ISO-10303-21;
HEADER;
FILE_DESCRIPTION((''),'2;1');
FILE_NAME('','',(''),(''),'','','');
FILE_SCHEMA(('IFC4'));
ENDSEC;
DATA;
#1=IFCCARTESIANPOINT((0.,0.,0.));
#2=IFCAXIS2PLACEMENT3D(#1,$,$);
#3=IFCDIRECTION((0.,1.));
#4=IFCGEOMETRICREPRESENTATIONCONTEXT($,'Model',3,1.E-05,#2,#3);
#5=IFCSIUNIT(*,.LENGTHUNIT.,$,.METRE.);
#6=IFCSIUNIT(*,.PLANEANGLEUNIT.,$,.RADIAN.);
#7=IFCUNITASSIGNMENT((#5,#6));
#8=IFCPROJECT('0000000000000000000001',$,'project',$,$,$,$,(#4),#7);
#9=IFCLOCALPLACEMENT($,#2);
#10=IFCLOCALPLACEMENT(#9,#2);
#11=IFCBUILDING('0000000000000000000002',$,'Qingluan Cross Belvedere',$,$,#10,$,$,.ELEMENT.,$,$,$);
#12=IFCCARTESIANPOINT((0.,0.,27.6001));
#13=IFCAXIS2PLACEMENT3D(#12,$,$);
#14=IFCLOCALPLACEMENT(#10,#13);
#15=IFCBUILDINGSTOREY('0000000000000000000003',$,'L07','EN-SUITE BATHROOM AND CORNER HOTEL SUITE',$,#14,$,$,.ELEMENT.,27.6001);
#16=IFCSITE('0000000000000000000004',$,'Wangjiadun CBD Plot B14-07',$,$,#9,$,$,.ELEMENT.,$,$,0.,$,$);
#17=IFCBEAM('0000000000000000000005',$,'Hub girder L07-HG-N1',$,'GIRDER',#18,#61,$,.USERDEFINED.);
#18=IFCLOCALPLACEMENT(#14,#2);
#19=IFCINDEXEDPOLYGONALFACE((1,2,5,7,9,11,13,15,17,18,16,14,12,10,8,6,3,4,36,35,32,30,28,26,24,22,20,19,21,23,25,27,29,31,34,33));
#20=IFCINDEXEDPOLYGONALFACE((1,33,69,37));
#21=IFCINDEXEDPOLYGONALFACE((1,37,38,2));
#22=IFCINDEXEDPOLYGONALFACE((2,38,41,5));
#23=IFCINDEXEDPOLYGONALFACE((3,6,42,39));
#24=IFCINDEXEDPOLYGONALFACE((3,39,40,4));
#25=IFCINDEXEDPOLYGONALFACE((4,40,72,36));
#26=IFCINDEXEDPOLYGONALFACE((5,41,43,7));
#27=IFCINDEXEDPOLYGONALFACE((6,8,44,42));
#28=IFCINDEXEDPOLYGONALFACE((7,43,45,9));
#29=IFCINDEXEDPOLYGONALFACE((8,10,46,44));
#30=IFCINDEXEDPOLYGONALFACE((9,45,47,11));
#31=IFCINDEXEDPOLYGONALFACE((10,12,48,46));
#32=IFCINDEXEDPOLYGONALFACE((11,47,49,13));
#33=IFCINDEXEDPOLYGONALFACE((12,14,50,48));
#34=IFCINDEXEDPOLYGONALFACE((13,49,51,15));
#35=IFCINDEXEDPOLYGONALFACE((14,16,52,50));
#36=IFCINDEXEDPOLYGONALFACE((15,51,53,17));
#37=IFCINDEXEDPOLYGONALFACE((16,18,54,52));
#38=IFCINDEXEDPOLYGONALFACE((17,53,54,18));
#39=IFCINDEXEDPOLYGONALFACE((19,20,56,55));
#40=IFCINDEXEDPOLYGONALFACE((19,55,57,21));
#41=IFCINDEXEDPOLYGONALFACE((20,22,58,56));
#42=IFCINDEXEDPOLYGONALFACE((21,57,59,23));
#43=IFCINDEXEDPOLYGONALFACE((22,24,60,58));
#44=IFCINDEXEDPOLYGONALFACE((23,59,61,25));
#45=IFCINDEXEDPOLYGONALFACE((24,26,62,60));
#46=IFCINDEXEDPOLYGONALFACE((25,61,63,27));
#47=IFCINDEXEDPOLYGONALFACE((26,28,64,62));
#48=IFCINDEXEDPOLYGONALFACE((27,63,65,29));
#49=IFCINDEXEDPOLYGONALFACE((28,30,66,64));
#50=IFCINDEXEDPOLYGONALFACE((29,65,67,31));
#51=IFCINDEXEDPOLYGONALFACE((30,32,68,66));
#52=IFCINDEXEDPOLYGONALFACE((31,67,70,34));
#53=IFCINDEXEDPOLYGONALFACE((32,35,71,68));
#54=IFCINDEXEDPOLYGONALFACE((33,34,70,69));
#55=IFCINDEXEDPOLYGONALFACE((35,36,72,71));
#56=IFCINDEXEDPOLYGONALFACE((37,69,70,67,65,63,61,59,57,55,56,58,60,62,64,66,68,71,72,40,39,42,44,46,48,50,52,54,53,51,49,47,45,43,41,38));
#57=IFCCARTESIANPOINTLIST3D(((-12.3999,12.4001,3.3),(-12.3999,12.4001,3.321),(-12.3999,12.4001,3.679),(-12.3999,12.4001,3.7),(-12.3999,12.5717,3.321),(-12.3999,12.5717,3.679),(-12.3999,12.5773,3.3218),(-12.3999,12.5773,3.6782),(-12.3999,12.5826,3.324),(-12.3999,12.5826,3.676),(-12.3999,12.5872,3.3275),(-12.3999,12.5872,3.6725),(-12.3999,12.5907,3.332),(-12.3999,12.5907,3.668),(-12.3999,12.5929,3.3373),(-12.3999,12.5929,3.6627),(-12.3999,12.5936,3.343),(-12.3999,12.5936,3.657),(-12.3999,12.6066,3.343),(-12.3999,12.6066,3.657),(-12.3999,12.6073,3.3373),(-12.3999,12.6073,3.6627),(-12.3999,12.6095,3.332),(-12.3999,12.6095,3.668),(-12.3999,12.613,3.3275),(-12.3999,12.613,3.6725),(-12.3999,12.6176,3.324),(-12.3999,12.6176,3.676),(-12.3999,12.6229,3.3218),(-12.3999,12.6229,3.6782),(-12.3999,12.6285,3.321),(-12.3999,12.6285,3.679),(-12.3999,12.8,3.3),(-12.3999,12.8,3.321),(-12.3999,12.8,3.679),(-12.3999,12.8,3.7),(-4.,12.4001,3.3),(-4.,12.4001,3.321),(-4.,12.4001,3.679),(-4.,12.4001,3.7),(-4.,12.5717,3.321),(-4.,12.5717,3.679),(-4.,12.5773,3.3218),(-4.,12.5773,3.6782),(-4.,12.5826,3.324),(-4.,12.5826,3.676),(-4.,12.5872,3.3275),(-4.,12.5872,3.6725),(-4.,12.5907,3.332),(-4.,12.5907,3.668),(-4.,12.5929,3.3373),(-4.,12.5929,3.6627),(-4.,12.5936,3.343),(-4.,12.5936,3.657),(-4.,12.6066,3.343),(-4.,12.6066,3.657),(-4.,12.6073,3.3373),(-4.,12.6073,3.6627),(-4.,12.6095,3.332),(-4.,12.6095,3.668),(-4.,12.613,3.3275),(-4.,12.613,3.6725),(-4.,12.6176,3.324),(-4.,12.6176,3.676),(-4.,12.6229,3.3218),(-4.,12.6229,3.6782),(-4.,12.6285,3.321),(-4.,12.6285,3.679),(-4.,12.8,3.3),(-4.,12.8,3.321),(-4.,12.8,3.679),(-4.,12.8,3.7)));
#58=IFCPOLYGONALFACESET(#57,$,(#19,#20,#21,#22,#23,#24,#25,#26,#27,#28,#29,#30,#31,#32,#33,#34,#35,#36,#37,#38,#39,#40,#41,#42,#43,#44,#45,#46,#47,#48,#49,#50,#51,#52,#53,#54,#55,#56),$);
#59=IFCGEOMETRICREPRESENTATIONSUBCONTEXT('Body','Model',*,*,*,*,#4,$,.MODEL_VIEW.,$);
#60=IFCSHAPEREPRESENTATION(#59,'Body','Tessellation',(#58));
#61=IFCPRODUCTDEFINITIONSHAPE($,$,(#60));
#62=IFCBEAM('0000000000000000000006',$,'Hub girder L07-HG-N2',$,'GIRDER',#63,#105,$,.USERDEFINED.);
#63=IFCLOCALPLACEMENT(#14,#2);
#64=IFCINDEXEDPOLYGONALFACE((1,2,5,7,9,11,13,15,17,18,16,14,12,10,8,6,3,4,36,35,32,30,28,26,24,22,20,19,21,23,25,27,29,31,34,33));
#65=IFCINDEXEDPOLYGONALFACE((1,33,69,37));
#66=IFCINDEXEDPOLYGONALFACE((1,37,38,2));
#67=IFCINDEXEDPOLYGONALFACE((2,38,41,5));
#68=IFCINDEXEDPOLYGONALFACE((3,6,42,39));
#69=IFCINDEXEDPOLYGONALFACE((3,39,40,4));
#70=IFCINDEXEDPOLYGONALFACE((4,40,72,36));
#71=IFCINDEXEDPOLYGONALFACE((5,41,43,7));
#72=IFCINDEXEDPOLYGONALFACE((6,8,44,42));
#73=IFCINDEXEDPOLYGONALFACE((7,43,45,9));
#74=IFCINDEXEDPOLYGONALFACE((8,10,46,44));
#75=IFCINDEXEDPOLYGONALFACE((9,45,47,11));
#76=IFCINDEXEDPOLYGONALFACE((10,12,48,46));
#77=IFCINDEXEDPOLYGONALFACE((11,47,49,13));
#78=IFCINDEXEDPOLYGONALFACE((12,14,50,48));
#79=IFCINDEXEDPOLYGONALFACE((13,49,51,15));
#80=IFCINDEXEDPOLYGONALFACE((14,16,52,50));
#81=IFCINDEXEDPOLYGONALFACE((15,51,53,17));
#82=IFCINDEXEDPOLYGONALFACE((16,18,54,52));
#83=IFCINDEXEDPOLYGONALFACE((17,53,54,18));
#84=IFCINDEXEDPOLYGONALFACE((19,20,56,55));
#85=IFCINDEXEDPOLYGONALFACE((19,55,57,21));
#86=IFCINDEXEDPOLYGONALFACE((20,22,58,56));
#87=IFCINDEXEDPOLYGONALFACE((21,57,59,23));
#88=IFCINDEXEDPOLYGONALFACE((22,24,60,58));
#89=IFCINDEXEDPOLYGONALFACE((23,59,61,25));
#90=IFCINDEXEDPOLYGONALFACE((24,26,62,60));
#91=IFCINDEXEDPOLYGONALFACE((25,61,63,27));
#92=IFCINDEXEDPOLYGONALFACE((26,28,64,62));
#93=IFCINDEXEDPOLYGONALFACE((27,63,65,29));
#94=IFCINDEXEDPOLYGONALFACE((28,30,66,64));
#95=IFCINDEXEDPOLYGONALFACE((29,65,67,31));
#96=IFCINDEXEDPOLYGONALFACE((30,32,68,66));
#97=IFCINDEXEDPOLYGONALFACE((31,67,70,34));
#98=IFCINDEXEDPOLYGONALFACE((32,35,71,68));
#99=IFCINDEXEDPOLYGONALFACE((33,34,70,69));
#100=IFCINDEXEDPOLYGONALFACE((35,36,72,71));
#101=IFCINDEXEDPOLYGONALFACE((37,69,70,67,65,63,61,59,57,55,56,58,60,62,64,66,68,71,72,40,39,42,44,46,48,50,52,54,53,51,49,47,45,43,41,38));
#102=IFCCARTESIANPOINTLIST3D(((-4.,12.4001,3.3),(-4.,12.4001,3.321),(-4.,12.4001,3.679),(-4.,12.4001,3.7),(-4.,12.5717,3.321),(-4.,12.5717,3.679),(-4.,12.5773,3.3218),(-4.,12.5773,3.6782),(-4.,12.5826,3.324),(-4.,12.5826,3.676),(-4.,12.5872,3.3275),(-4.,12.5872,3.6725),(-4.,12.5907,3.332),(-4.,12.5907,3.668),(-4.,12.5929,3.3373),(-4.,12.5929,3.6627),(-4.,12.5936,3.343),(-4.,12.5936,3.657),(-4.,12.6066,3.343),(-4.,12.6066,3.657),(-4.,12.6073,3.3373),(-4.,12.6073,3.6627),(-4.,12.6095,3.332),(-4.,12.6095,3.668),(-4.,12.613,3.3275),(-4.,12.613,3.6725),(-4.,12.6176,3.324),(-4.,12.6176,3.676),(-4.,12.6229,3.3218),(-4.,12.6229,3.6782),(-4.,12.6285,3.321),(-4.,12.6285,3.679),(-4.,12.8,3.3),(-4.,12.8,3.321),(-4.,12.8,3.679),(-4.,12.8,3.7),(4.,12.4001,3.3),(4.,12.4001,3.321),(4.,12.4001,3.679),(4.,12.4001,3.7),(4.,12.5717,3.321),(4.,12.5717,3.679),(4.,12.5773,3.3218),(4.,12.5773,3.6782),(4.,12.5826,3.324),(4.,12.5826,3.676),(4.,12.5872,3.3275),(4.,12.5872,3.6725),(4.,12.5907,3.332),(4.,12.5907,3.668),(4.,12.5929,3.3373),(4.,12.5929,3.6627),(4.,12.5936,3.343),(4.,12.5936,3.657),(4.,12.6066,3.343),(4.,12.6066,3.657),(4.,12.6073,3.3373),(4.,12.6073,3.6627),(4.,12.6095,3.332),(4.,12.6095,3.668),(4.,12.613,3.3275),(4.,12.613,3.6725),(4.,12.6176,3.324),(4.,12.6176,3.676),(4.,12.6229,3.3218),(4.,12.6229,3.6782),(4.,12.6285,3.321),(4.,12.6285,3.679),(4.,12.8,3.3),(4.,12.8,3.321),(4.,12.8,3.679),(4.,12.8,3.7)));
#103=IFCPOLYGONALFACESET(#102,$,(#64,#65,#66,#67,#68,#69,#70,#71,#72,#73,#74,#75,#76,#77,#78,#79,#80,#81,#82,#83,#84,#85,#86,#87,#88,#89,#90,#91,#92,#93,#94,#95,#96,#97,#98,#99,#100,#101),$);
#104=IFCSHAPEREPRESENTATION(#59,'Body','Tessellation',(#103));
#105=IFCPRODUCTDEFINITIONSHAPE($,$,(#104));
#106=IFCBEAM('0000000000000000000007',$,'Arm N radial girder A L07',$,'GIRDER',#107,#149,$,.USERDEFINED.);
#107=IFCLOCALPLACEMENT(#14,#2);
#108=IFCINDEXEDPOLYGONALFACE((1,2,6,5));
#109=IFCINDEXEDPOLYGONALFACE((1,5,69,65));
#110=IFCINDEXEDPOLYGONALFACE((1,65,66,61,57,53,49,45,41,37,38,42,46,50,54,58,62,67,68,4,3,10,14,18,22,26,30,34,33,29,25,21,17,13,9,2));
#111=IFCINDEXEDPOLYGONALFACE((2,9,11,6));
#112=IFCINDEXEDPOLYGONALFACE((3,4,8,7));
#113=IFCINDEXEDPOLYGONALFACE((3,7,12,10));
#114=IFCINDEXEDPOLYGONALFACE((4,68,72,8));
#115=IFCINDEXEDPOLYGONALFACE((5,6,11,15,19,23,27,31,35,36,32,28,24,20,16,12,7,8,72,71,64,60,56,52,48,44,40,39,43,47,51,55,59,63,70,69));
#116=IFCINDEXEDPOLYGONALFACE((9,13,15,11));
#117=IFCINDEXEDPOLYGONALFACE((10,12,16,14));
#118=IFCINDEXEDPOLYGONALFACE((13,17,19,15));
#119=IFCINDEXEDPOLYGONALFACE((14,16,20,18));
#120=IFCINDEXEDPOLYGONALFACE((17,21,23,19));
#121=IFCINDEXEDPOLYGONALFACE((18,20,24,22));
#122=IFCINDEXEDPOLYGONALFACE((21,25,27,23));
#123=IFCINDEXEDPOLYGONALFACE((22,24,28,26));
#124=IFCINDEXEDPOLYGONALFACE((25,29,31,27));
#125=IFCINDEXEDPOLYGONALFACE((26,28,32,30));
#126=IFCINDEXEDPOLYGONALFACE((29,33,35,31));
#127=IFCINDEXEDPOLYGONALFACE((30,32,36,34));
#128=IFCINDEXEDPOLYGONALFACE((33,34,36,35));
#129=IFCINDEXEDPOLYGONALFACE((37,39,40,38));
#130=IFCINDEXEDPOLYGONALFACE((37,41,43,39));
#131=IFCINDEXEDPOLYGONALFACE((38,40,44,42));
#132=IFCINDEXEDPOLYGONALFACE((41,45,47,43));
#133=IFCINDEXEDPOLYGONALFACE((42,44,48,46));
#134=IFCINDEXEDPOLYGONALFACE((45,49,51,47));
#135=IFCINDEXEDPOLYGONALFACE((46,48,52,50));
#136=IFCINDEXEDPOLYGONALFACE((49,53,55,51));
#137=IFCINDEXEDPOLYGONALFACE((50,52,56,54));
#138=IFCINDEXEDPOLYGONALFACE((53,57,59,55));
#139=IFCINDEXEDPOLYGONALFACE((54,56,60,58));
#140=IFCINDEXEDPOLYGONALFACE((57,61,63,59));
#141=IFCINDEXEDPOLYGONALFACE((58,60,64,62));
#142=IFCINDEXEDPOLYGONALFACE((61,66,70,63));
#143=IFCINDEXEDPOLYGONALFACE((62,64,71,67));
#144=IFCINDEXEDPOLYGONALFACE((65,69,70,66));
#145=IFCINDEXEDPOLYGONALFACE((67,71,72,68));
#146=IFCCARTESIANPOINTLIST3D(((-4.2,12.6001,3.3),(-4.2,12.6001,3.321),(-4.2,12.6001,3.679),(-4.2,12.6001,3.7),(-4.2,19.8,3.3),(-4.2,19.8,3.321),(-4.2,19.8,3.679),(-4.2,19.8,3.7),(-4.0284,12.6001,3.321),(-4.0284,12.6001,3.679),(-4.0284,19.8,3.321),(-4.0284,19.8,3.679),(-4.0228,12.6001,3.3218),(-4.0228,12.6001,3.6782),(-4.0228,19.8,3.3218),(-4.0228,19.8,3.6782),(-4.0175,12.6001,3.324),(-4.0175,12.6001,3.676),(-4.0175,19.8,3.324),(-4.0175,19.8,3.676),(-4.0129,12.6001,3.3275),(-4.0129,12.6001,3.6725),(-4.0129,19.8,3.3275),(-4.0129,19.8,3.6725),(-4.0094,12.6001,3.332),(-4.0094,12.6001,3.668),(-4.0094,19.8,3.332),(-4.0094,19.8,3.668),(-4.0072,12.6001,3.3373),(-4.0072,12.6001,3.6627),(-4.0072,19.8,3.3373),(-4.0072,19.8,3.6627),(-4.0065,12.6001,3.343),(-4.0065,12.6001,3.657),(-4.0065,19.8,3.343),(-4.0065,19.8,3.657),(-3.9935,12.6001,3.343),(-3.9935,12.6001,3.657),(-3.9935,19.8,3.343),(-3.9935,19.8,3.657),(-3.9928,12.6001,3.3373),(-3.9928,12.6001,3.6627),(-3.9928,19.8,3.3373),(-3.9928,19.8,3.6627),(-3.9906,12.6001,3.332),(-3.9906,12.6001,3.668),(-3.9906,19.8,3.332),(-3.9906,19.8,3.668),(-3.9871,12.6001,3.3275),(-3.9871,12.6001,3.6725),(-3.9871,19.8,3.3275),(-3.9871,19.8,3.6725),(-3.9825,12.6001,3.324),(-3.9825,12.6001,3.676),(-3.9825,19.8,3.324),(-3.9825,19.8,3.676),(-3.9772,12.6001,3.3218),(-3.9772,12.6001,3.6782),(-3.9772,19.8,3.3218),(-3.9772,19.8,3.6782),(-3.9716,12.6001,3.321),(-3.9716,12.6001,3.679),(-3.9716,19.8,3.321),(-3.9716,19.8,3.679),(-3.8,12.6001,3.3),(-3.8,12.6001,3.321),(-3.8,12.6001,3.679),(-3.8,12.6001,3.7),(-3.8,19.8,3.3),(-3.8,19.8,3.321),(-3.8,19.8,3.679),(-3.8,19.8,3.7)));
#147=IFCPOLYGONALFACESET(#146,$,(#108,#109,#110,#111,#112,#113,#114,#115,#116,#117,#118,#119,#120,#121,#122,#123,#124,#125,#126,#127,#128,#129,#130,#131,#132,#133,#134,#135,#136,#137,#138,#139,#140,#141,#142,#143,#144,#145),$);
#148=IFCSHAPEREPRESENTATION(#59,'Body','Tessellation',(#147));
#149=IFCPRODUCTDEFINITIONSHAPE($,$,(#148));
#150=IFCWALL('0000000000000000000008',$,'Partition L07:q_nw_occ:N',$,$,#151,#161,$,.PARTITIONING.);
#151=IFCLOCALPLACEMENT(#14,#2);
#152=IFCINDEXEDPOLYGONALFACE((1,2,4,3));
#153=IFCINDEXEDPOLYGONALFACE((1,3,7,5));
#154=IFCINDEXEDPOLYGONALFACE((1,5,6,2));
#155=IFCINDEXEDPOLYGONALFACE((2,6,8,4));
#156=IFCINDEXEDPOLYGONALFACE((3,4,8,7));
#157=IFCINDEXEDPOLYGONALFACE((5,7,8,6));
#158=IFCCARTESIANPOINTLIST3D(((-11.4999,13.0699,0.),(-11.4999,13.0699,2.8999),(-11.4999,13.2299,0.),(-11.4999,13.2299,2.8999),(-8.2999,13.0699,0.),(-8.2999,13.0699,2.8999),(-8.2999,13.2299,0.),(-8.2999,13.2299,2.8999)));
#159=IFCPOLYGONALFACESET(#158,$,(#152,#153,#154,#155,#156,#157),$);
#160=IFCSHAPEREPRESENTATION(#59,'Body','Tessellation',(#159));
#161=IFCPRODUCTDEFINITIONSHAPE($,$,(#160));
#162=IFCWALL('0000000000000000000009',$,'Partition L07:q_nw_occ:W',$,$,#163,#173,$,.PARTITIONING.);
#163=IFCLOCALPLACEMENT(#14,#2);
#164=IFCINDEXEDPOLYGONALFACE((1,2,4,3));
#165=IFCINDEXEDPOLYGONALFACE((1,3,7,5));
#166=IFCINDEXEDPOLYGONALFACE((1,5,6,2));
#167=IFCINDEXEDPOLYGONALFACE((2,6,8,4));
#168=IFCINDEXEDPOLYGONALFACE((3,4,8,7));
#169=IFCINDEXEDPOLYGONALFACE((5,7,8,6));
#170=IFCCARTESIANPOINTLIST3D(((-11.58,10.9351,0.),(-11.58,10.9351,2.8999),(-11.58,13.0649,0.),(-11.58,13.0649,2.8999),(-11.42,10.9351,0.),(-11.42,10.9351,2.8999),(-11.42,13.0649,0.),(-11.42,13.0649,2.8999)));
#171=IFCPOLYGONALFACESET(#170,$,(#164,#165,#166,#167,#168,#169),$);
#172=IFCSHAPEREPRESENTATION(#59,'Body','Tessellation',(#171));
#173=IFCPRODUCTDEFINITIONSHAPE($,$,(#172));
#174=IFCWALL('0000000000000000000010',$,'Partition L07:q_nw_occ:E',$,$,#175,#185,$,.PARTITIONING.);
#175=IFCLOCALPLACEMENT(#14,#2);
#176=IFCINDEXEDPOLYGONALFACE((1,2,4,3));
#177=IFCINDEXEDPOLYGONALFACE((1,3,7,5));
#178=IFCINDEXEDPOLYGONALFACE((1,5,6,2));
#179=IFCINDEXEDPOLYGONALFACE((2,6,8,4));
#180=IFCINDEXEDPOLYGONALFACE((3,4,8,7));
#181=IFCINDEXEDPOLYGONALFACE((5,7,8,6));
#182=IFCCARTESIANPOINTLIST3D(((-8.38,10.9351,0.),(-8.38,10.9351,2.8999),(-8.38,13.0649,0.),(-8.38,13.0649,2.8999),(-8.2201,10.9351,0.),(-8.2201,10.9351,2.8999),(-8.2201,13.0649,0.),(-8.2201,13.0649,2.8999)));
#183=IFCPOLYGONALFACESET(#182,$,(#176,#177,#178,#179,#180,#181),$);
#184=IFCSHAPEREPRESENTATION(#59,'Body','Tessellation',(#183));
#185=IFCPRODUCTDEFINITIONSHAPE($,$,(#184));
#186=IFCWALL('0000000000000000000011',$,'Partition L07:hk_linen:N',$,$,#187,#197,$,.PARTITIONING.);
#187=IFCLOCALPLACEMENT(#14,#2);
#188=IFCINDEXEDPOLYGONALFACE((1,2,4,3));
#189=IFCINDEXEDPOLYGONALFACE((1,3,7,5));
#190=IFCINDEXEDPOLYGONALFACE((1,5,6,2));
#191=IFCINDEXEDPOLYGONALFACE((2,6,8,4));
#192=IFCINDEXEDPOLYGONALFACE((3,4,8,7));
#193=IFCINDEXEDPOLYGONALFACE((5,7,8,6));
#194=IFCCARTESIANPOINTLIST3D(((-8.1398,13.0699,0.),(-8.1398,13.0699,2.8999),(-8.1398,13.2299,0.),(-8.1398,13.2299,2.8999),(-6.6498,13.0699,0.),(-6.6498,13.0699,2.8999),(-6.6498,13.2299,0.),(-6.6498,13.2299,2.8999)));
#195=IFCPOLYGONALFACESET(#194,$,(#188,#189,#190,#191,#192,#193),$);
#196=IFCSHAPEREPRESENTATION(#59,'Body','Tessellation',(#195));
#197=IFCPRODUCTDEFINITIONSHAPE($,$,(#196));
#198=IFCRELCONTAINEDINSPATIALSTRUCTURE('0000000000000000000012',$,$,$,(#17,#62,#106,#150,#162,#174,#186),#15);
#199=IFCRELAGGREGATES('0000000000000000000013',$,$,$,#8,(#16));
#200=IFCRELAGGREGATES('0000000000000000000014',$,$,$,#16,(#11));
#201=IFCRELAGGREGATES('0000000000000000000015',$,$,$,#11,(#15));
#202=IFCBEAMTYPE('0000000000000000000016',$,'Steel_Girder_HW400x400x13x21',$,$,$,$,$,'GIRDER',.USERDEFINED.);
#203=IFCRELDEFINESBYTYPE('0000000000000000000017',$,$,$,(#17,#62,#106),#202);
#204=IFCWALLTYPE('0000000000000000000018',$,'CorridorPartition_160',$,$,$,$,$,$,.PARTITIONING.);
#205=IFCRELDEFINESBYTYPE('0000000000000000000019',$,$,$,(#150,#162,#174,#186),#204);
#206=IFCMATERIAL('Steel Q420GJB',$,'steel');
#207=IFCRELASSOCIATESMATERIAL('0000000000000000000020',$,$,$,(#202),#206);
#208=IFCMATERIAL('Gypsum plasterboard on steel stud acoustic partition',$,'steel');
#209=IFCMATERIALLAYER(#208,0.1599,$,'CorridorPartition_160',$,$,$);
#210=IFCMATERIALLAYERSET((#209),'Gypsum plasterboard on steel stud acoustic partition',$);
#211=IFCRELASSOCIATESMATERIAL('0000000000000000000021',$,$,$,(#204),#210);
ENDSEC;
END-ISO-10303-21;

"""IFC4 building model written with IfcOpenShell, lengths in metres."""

from ifc_helpers import new_model, si_unit, direction, frame, frame_2d, origin, origin_2d, place, context, subcontext, project, spatial, rectangle, i_section, extrude, material, layer, layer_set, material_profile, profile_set, type_object, element, save


model = new_model("IFC4")

# Units and contexts
model_context = context("Model", 3, precision=1e-05, world=origin(), true_north=direction((0.0, 1.0)))
body_context = subcontext(model_context, "Body", "Model", "MODEL_VIEW")
ifc_project = project(units=[si_unit("LENGTHUNIT", "METRE"), si_unit("PLANEANGLEUNIT", "RADIAN")], contexts=[model_context])

# Site, building, storey
site_placement = place(None, origin())
site = spatial("IfcSite", under=ifc_project, at=site_placement, Name="Wangjiadun CBD Plot B14-07", CompositionType="ELEMENT", RefElevation=0.0)
building_placement = place(site_placement, origin())
building = spatial("IfcBuilding", under=site, at=building_placement, Name="Qingluan Cross Belvedere", CompositionType="ELEMENT")
storey_placement = place(building_placement, frame((0.0, 0.0, 27.6001)))
storey = spatial("IfcBuildingStorey", under=building, at=storey_placement, Name="L07", Description="EN-SUITE BATHROOM AND CORNER HOTEL SUITE", CompositionType="ELEMENT", Elevation=27.6001)

# Beams
ifc_material_1 = material(Name="Steel Q420GJB", Category="steel")
ifc_material_profile_1 = material_profile(ifc_material_1, i_section(OverallWidth=0.3999, OverallDepth=0.3999, WebThickness=0.0129, FlangeThickness=0.021, FilletRadius=0.022, at=origin_2d()), Name="HW400x400x13x21")
ifc_profile_set_1 = profile_set([ifc_material_profile_1], Name="Steel Q420GJB")
beam_type_1 = type_object("IfcBeamType", Name="Steel_Girder_HW400x400x13x21", ElementType="GIRDER", PredefinedType="USERDEFINED", material=ifc_profile_set_1)
beam_1_placement = place(storey_placement, frame((-12.3999, 12.6001, 3.5), z_axis=(1.0, 0.0, 0.0), x_axis=(0.0, 1.0, 0.0)))
element("IfcBeam", 1, at=beam_1_placement, inside=storey, type_object=beam_type_1, Name="Hub girder L07-HG-N1", ObjectType="GIRDER", PredefinedType="USERDEFINED", context=body_context, shape_type="SweptSolid", body=[
    extrude(i_section(OverallWidth=0.3999, OverallDepth=0.3999, WebThickness=0.0129, FlangeThickness=0.021, FilletRadius=0.022, at=origin_2d()), origin(), (0.0, 0.0, 1.0), 8.3999),
])
beam_2_placement = place(storey_placement, frame((-4.0, 12.6001, 3.5), z_axis=(1.0, 0.0, 0.0), x_axis=(0.0, 1.0, 0.0)))
element("IfcBeam", 2, at=beam_2_placement, inside=storey, type_object=beam_type_1, Name="Hub girder L07-HG-N2", ObjectType="GIRDER", PredefinedType="USERDEFINED", context=body_context, shape_type="SweptSolid", body=[
    extrude(i_section(OverallWidth=0.3999, OverallDepth=0.3999, WebThickness=0.0129, FlangeThickness=0.021, FilletRadius=0.022, at=origin_2d()), origin(), (0.0, 0.0, 1.0), 8.0),
])
beam_3_placement = place(storey_placement, frame((-4.0, 12.6001, 3.5), z_axis=(0.0, 1.0, 0.0), x_axis=(-1.0, 0.0, 0.0)))
element("IfcBeam", 3, at=beam_3_placement, inside=storey, type_object=beam_type_1, Name="Arm N radial girder A L07", ObjectType="GIRDER", PredefinedType="USERDEFINED", context=body_context, shape_type="SweptSolid", body=[
    extrude(i_section(OverallWidth=0.3999, OverallDepth=0.3999, WebThickness=0.0129, FlangeThickness=0.021, FilletRadius=0.022, at=origin_2d()), origin(), (0.0, 0.0, 1.0), 7.2),
])

# Walls
ifc_material_2 = material(Name="Gypsum plasterboard on steel stud acoustic partition", Category="steel")
ifc_layer_1 = layer(ifc_material_2, 0.1599, Name="CorridorPartition_160")
ifc_layer_set_1 = layer_set([ifc_layer_1], Name="Gypsum plasterboard on steel stud acoustic partition")
wall_type_1 = type_object("IfcWallType", Name="CorridorPartition_160", PredefinedType="PARTITIONING", material=ifc_layer_set_1)
wall_1_placement = place(storey_placement, frame((-11.5, 13.1499, 0.0), z_axis=(0.0, 0.0, 1.0), x_axis=(1.0, 0.0, 0.0)))
element("IfcWall", 4, at=wall_1_placement, inside=storey, type_object=wall_type_1, Name="Partition L07:q_nw_occ:N", PredefinedType="PARTITIONING", context=body_context, shape_type="SweptSolid", body=[
    extrude(rectangle(XDim=3.2, YDim=0.1599, at=frame_2d((1.6001, 0.0))), origin(), (0.0, 0.0, 1.0), 2.8999),
])
for number, where, z_axis, x_axis, name in (
    (5, (-11.5, 10.9351, 0.0), (0.0, 0.0, 1.0), (0.0, 1.0, 0.0), "Partition L07:q_nw_occ:W"),
    (6, (-8.3, 10.9351, 0.0), (0.0, 0.0, 1.0), (0.0, 1.0, 0.0), "Partition L07:q_nw_occ:E"),
):
    element("IfcWall", number, at=place(storey_placement, frame(where, z_axis=z_axis, x_axis=x_axis)), inside=storey, type_object=wall_type_1, Name=name, PredefinedType="PARTITIONING", context=body_context, shape_type="SweptSolid", body=[
        extrude(rectangle(XDim=2.1299, YDim=0.1599, at=frame_2d((1.0649, 0.0))), origin(), (0.0, 0.0, 1.0), 2.8999),
    ])
wall_2_placement = place(storey_placement, frame((-8.1399, 13.1499, 0.0), z_axis=(0.0, 0.0, 1.0), x_axis=(1.0, 0.0, 0.0)))
element("IfcWall", 7, at=wall_2_placement, inside=storey, type_object=wall_type_1, Name="Partition L07:hk_linen:N", PredefinedType="PARTITIONING", context=body_context, shape_type="SweptSolid", body=[
    extrude(rectangle(XDim=1.49, YDim=0.1599, at=frame_2d((0.7451, 0.0))), origin(), (0.0, 0.0, 1.0), 2.8999),
])

save(model, "model.ifc")
